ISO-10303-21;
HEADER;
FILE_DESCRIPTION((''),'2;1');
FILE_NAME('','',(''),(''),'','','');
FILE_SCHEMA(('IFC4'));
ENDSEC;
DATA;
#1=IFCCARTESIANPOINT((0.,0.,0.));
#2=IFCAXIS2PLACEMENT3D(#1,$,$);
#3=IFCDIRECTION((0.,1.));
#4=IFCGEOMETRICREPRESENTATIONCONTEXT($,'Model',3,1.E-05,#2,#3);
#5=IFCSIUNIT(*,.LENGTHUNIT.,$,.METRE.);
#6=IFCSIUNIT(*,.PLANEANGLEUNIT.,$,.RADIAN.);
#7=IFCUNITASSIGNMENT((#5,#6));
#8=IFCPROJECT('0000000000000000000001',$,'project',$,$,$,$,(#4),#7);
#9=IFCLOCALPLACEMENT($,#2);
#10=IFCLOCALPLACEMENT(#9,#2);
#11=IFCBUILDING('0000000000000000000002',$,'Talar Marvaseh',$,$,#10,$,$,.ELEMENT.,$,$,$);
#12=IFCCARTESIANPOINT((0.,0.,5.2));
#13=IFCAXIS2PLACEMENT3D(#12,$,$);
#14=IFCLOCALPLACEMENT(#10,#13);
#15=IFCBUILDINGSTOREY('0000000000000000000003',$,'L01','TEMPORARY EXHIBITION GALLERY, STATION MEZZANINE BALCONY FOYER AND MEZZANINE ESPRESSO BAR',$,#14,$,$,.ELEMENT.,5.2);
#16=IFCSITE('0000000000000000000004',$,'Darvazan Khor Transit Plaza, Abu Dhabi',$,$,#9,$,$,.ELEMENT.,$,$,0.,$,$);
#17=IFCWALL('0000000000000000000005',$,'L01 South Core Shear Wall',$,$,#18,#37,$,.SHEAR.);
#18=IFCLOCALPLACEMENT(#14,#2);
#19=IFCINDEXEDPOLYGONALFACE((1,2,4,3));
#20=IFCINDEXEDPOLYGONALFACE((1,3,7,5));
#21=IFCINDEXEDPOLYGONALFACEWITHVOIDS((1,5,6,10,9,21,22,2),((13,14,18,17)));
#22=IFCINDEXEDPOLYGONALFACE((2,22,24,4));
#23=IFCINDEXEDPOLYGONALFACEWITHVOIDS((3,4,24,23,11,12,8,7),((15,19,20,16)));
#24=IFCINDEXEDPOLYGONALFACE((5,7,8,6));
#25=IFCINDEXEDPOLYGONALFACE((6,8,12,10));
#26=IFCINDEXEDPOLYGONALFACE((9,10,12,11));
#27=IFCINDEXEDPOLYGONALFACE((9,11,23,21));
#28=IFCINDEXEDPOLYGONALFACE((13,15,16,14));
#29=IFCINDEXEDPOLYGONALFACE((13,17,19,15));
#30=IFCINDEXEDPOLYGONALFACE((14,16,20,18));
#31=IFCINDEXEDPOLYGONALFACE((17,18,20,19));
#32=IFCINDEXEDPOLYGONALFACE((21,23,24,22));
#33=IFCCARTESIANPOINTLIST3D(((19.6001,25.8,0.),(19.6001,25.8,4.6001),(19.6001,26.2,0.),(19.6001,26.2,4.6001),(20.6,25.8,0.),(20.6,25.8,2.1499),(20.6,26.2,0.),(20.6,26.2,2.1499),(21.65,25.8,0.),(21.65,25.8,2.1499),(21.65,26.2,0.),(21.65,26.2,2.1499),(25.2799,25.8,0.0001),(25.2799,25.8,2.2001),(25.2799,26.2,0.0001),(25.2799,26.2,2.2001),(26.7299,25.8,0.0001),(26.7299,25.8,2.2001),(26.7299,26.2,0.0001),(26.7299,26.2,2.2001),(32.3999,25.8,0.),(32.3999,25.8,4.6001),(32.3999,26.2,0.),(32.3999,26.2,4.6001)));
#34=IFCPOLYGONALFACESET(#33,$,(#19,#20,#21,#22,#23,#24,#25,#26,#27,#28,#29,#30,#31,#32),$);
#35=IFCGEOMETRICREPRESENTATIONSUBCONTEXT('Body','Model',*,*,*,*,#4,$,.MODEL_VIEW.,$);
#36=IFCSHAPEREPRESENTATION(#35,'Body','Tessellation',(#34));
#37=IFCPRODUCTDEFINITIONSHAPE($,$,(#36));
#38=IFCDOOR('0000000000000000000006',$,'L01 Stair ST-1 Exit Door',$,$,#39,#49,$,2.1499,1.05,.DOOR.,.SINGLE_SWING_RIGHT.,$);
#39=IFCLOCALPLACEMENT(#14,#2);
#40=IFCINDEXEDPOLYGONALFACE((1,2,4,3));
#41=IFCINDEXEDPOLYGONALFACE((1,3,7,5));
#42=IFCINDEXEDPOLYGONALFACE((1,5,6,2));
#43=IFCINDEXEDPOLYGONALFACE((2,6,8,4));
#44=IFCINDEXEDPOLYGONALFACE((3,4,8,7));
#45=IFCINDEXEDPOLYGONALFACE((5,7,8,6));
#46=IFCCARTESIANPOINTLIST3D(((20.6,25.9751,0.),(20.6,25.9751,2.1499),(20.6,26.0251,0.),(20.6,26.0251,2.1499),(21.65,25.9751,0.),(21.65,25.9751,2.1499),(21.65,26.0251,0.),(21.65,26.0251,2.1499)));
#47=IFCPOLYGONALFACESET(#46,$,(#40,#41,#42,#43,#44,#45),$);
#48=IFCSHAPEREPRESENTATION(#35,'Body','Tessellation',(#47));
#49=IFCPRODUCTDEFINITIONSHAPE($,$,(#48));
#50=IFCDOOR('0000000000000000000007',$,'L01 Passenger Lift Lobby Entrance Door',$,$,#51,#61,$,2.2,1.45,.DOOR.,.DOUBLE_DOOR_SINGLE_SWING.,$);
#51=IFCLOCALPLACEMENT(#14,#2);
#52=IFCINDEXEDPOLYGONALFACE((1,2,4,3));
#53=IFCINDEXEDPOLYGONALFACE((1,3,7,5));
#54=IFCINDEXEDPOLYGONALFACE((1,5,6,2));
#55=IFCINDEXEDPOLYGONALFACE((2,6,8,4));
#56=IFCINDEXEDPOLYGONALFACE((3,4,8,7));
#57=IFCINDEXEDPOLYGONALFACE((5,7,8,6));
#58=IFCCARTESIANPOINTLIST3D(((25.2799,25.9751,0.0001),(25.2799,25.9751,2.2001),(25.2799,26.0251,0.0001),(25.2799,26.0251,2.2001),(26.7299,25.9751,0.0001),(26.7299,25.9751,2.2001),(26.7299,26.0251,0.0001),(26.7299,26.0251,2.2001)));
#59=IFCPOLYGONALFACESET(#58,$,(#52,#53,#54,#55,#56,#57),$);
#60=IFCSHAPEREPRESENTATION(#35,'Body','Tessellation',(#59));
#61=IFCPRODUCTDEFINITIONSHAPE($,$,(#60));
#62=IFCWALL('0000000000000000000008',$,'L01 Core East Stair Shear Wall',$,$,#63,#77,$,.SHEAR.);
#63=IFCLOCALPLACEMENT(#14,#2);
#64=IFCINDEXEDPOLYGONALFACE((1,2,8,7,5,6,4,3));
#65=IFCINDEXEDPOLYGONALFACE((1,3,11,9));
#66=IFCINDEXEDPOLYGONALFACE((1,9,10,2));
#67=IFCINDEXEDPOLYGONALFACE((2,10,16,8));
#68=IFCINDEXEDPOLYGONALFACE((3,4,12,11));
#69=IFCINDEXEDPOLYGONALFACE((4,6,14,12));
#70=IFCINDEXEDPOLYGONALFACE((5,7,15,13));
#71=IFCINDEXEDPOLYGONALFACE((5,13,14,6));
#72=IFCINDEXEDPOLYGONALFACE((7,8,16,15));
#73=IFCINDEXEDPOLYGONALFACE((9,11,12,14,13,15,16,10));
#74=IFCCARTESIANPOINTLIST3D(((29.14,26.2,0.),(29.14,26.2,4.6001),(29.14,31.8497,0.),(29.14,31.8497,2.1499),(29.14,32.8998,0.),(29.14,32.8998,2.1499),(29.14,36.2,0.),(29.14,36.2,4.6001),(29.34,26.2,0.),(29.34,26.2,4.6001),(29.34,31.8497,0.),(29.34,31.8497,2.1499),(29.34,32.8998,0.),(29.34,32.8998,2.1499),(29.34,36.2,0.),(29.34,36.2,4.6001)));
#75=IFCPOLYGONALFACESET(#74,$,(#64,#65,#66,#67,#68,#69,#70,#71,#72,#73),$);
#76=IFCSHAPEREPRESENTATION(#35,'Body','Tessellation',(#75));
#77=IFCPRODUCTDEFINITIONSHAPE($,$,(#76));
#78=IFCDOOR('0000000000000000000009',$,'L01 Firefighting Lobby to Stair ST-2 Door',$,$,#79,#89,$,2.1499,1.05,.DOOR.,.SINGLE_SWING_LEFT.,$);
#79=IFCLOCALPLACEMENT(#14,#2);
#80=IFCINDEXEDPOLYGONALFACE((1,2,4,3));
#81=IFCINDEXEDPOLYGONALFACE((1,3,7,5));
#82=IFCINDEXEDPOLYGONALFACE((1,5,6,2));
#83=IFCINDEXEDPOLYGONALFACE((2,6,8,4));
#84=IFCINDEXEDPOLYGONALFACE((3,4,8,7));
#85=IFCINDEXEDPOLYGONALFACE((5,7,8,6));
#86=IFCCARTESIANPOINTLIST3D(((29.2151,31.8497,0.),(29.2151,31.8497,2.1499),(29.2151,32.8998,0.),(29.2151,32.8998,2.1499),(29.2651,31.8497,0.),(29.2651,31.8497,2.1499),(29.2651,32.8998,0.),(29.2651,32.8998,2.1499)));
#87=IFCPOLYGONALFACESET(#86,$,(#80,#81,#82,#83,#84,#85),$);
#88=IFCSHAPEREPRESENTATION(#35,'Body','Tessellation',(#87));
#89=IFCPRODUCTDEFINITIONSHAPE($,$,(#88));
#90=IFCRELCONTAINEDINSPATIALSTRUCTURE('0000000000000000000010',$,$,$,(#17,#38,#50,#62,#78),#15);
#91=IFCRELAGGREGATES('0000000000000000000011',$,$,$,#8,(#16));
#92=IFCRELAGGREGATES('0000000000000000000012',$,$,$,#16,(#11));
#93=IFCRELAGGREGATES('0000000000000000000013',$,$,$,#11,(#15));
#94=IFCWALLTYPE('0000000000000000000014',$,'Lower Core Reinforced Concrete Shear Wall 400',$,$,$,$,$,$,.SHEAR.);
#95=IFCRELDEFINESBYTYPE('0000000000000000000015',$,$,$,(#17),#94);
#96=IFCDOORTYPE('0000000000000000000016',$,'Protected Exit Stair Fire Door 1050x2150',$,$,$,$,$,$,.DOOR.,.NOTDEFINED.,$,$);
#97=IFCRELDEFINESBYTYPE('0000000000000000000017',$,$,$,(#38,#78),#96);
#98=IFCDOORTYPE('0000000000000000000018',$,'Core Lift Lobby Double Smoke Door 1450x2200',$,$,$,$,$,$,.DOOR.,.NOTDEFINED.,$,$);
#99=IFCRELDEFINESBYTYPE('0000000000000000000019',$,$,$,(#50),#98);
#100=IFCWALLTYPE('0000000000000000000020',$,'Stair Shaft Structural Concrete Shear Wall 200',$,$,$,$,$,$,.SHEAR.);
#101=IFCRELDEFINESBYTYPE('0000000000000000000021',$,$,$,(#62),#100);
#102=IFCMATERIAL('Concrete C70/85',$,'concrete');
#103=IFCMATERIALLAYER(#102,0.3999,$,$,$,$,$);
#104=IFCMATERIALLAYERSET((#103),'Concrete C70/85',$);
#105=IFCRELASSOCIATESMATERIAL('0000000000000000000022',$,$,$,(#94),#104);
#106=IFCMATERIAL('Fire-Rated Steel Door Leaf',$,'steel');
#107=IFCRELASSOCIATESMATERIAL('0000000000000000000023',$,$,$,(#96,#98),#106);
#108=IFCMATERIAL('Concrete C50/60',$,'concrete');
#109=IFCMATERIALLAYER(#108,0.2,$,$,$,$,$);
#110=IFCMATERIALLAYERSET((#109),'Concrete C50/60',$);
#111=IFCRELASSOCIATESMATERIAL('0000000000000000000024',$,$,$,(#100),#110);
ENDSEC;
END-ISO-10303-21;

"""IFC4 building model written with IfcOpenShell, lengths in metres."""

from ifc_helpers import new_model, si_unit, direction, frame, frame_2d, origin, place, context, subcontext, project, spatial, rectangle, extrude, source, transform, mapped, material, layer, layer_set, type_object, type_shapes, element, fill, save


model = new_model("IFC4")

# Units and contexts
model_context = context("Model", 3, precision=1e-05, world=origin(), true_north=direction((0.0, 1.0)))
body_context = subcontext(model_context, "Body", "Model", "MODEL_VIEW")
ifc_project = project(units=[si_unit("LENGTHUNIT", "METRE"), si_unit("PLANEANGLEUNIT", "RADIAN")], contexts=[model_context])

# Site, building, storey
site_placement = place(None, origin())
site = spatial("IfcSite", under=ifc_project, at=site_placement, Name="Darvazan Khor Transit Plaza, Abu Dhabi", CompositionType="ELEMENT", RefElevation=0.0)
building_placement = place(site_placement, origin())
building = spatial("IfcBuilding", under=site, at=building_placement, Name="Talar Marvaseh", CompositionType="ELEMENT")
storey_placement = place(building_placement, frame((0.0, 0.0, 5.2)))
storey = spatial("IfcBuildingStorey", under=building, at=storey_placement, Name="L01", Description="TEMPORARY EXHIBITION GALLERY, STATION MEZZANINE BALCONY FOYER AND MEZZANINE ESPRESSO BAR", CompositionType="ELEMENT", Elevation=5.2)

# Shared definitions
ifc_material_1 = material(Name="Concrete C70/85", Category="concrete")

# Wall, openings, doors
ifc_layer_1 = layer(ifc_material_1, 0.3999)
ifc_layer_set_1 = layer_set([ifc_layer_1], Name="Concrete C70/85")
wall_type_1 = type_object("IfcWallType", Name="Lower Core Reinforced Concrete Shear Wall 400", PredefinedType="SHEAR", material=ifc_layer_set_1)
wall_1_placement = place(storey_placement, frame((32.3999, 26.0, 0.0), z_axis=(0.0, 0.0, 1.0), x_axis=(-1.0, 0.0, 0.0)))
wall_1 = element("IfcWall", 1, at=wall_1_placement, inside=storey, type_object=wall_type_1, Name="L01 South Core Shear Wall", PredefinedType="SHEAR", context=body_context, shape_type="SweptSolid", body=[
    extrude(rectangle(XDim=12.7998, YDim=0.3999, at=frame_2d((6.3999, 0.0))), origin(), (0.0, 0.0, 1.0), 4.6001),
])
opening_1_placement = place(wall_1_placement, frame((10.75, 0.0, 0.0)))
opening_1 = element("IfcOpeningElement", 2, at=opening_1_placement, cuts=wall_1, PredefinedType="OPENING", context=body_context, shape_type="SweptSolid", body=[
    extrude(rectangle(XDim=1.05, YDim=2.1499, at=frame_2d((0.5249, 1.075))), frame((0.0, 0.21, 0.0), z_axis=(0.0, -1.0, 0.0), x_axis=(1.0, 0.0, 0.0)), (0.0, 0.0, 1.0), 0.4199),
])
opening_2_placement = place(wall_1_placement, frame((5.6699, 0.0, 0.0)))
opening_2 = element("IfcOpeningElement", 3, at=opening_2_placement, cuts=wall_1, PredefinedType="OPENING", context=body_context, shape_type="SweptSolid", body=[
    extrude(rectangle(XDim=1.45, YDim=2.2, at=frame_2d((0.7251, 1.1001))), frame((0.0, 0.21, 0.0), z_axis=(0.0, -1.0, 0.0), x_axis=(1.0, 0.0, 0.0)), (0.0, 0.0, 1.0), 0.4199),
])
ifc_material_2 = material(Name="Fire-Rated Steel Door Leaf", Category="steel")
door_type_1 = type_object("IfcDoorType", Name="Protected Exit Stair Fire Door 1050x2150", OperationType="NOTDEFINED", PredefinedType="DOOR", material=ifc_material_2)
shared_shape_1 = source(origin(), body_context, "Body", "SweptSolid", [
    extrude(rectangle(XDim=1.05, YDim=2.1499, at=frame_2d((0.5249, 1.075))), frame((0.0, 0.0249, 0.0), z_axis=(0.0, -1.0, 0.0), x_axis=(1.0, 0.0, 0.0)), (0.0, 0.0, 1.0), 0.05),
])
type_shapes(door_type_1, [shared_shape_1])
door_1_placement = place(opening_1_placement, origin())
door_1 = element("IfcDoor", 4, at=door_1_placement, inside=storey, type_object=door_type_1, Name="L01 Stair ST-1 Exit Door", OperationType="SINGLE_SWING_RIGHT", OverallHeight=2.1499, OverallWidth=1.05, PredefinedType="DOOR", context=body_context, shape_type="MappedRepresentation", body=[
    mapped(shared_shape_1, transform((0.0, 0.0, 0.0), x_axis=(1.0, 0.0, 0.0), y_axis=(0.0, 1.0, 0.0), z_axis=(0.0, 0.0, 1.0), scale=1.0)),
])
fill(opening_1, door_1)
door_type_2 = type_object("IfcDoorType", Name="Core Lift Lobby Double Smoke Door 1450x2200", OperationType="NOTDEFINED", PredefinedType="DOOR", material=ifc_material_2)
shared_shape_2 = source(origin(), body_context, "Body", "SweptSolid", [
    extrude(rectangle(XDim=1.45, YDim=2.2, at=frame_2d((0.7251, 1.1001))), frame((0.0, 0.0249, 0.0), z_axis=(0.0, -1.0, 0.0), x_axis=(1.0, 0.0, 0.0)), (0.0, 0.0, 1.0), 0.05),
])
type_shapes(door_type_2, [shared_shape_2])
door_2_placement = place(opening_2_placement, origin())
door_2 = element("IfcDoor", 5, at=door_2_placement, inside=storey, type_object=door_type_2, Name="L01 Passenger Lift Lobby Entrance Door", OperationType="DOUBLE_DOOR_SINGLE_SWING", OverallHeight=2.2, OverallWidth=1.45, PredefinedType="DOOR", context=body_context, shape_type="MappedRepresentation", body=[
    mapped(shared_shape_2, transform((0.0, 0.0, 0.0), x_axis=(1.0, 0.0, 0.0), y_axis=(0.0, 1.0, 0.0), z_axis=(0.0, 0.0, 1.0), scale=1.0)),
])
fill(opening_2, door_2)

# Wall, opening, door
ifc_material_3 = material(Name="Concrete C50/60", Category="concrete")
ifc_layer_2 = layer(ifc_material_3, 0.2)
ifc_layer_set_2 = layer_set([ifc_layer_2], Name="Concrete C50/60")
wall_type_2 = type_object("IfcWallType", Name="Stair Shaft Structural Concrete Shear Wall 200", PredefinedType="SHEAR", material=ifc_layer_set_2)
wall_2_placement = place(storey_placement, frame((29.24, 26.2, 0.0), z_axis=(0.0, 0.0, 1.0), x_axis=(0.0, 1.0, 0.0)))
wall_2 = element("IfcWall", 6, at=wall_2_placement, inside=storey, type_object=wall_type_2, Name="L01 Core East Stair Shear Wall", PredefinedType="SHEAR", context=body_context, shape_type="SweptSolid", body=[
    extrude(rectangle(XDim=10.0, YDim=0.2, at=frame_2d((5.0, 0.0))), origin(), (0.0, 0.0, 1.0), 4.6001),
])
opening_3_placement = place(wall_2_placement, frame((5.6499, 0.0, 0.0)))
opening_3 = element("IfcOpeningElement", 7, at=opening_3_placement, cuts=wall_2, PredefinedType="OPENING", context=body_context, shape_type="SweptSolid", body=[
    extrude(rectangle(XDim=1.05, YDim=2.1499, at=frame_2d((0.5249, 1.075))), frame((0.0, 0.1099, 0.0), z_axis=(0.0, -1.0, 0.0), x_axis=(1.0, 0.0, 0.0)), (0.0, 0.0, 1.0), 0.22),
])
door_3_placement = place(opening_3_placement, origin())
door_3 = element("IfcDoor", 8, at=door_3_placement, inside=storey, type_object=door_type_1, Name="L01 Firefighting Lobby to Stair ST-2 Door", OperationType="SINGLE_SWING_LEFT", OverallHeight=2.1499, OverallWidth=1.05, PredefinedType="DOOR", context=body_context, shape_type="MappedRepresentation", body=[
    mapped(shared_shape_1, transform((0.0, 0.0, 0.0), x_axis=(1.0, 0.0, 0.0), y_axis=(0.0, 1.0, 0.0), z_axis=(0.0, 0.0, 1.0), scale=1.0)),
])
fill(opening_3, door_3)

save(model, "model.ifc")
